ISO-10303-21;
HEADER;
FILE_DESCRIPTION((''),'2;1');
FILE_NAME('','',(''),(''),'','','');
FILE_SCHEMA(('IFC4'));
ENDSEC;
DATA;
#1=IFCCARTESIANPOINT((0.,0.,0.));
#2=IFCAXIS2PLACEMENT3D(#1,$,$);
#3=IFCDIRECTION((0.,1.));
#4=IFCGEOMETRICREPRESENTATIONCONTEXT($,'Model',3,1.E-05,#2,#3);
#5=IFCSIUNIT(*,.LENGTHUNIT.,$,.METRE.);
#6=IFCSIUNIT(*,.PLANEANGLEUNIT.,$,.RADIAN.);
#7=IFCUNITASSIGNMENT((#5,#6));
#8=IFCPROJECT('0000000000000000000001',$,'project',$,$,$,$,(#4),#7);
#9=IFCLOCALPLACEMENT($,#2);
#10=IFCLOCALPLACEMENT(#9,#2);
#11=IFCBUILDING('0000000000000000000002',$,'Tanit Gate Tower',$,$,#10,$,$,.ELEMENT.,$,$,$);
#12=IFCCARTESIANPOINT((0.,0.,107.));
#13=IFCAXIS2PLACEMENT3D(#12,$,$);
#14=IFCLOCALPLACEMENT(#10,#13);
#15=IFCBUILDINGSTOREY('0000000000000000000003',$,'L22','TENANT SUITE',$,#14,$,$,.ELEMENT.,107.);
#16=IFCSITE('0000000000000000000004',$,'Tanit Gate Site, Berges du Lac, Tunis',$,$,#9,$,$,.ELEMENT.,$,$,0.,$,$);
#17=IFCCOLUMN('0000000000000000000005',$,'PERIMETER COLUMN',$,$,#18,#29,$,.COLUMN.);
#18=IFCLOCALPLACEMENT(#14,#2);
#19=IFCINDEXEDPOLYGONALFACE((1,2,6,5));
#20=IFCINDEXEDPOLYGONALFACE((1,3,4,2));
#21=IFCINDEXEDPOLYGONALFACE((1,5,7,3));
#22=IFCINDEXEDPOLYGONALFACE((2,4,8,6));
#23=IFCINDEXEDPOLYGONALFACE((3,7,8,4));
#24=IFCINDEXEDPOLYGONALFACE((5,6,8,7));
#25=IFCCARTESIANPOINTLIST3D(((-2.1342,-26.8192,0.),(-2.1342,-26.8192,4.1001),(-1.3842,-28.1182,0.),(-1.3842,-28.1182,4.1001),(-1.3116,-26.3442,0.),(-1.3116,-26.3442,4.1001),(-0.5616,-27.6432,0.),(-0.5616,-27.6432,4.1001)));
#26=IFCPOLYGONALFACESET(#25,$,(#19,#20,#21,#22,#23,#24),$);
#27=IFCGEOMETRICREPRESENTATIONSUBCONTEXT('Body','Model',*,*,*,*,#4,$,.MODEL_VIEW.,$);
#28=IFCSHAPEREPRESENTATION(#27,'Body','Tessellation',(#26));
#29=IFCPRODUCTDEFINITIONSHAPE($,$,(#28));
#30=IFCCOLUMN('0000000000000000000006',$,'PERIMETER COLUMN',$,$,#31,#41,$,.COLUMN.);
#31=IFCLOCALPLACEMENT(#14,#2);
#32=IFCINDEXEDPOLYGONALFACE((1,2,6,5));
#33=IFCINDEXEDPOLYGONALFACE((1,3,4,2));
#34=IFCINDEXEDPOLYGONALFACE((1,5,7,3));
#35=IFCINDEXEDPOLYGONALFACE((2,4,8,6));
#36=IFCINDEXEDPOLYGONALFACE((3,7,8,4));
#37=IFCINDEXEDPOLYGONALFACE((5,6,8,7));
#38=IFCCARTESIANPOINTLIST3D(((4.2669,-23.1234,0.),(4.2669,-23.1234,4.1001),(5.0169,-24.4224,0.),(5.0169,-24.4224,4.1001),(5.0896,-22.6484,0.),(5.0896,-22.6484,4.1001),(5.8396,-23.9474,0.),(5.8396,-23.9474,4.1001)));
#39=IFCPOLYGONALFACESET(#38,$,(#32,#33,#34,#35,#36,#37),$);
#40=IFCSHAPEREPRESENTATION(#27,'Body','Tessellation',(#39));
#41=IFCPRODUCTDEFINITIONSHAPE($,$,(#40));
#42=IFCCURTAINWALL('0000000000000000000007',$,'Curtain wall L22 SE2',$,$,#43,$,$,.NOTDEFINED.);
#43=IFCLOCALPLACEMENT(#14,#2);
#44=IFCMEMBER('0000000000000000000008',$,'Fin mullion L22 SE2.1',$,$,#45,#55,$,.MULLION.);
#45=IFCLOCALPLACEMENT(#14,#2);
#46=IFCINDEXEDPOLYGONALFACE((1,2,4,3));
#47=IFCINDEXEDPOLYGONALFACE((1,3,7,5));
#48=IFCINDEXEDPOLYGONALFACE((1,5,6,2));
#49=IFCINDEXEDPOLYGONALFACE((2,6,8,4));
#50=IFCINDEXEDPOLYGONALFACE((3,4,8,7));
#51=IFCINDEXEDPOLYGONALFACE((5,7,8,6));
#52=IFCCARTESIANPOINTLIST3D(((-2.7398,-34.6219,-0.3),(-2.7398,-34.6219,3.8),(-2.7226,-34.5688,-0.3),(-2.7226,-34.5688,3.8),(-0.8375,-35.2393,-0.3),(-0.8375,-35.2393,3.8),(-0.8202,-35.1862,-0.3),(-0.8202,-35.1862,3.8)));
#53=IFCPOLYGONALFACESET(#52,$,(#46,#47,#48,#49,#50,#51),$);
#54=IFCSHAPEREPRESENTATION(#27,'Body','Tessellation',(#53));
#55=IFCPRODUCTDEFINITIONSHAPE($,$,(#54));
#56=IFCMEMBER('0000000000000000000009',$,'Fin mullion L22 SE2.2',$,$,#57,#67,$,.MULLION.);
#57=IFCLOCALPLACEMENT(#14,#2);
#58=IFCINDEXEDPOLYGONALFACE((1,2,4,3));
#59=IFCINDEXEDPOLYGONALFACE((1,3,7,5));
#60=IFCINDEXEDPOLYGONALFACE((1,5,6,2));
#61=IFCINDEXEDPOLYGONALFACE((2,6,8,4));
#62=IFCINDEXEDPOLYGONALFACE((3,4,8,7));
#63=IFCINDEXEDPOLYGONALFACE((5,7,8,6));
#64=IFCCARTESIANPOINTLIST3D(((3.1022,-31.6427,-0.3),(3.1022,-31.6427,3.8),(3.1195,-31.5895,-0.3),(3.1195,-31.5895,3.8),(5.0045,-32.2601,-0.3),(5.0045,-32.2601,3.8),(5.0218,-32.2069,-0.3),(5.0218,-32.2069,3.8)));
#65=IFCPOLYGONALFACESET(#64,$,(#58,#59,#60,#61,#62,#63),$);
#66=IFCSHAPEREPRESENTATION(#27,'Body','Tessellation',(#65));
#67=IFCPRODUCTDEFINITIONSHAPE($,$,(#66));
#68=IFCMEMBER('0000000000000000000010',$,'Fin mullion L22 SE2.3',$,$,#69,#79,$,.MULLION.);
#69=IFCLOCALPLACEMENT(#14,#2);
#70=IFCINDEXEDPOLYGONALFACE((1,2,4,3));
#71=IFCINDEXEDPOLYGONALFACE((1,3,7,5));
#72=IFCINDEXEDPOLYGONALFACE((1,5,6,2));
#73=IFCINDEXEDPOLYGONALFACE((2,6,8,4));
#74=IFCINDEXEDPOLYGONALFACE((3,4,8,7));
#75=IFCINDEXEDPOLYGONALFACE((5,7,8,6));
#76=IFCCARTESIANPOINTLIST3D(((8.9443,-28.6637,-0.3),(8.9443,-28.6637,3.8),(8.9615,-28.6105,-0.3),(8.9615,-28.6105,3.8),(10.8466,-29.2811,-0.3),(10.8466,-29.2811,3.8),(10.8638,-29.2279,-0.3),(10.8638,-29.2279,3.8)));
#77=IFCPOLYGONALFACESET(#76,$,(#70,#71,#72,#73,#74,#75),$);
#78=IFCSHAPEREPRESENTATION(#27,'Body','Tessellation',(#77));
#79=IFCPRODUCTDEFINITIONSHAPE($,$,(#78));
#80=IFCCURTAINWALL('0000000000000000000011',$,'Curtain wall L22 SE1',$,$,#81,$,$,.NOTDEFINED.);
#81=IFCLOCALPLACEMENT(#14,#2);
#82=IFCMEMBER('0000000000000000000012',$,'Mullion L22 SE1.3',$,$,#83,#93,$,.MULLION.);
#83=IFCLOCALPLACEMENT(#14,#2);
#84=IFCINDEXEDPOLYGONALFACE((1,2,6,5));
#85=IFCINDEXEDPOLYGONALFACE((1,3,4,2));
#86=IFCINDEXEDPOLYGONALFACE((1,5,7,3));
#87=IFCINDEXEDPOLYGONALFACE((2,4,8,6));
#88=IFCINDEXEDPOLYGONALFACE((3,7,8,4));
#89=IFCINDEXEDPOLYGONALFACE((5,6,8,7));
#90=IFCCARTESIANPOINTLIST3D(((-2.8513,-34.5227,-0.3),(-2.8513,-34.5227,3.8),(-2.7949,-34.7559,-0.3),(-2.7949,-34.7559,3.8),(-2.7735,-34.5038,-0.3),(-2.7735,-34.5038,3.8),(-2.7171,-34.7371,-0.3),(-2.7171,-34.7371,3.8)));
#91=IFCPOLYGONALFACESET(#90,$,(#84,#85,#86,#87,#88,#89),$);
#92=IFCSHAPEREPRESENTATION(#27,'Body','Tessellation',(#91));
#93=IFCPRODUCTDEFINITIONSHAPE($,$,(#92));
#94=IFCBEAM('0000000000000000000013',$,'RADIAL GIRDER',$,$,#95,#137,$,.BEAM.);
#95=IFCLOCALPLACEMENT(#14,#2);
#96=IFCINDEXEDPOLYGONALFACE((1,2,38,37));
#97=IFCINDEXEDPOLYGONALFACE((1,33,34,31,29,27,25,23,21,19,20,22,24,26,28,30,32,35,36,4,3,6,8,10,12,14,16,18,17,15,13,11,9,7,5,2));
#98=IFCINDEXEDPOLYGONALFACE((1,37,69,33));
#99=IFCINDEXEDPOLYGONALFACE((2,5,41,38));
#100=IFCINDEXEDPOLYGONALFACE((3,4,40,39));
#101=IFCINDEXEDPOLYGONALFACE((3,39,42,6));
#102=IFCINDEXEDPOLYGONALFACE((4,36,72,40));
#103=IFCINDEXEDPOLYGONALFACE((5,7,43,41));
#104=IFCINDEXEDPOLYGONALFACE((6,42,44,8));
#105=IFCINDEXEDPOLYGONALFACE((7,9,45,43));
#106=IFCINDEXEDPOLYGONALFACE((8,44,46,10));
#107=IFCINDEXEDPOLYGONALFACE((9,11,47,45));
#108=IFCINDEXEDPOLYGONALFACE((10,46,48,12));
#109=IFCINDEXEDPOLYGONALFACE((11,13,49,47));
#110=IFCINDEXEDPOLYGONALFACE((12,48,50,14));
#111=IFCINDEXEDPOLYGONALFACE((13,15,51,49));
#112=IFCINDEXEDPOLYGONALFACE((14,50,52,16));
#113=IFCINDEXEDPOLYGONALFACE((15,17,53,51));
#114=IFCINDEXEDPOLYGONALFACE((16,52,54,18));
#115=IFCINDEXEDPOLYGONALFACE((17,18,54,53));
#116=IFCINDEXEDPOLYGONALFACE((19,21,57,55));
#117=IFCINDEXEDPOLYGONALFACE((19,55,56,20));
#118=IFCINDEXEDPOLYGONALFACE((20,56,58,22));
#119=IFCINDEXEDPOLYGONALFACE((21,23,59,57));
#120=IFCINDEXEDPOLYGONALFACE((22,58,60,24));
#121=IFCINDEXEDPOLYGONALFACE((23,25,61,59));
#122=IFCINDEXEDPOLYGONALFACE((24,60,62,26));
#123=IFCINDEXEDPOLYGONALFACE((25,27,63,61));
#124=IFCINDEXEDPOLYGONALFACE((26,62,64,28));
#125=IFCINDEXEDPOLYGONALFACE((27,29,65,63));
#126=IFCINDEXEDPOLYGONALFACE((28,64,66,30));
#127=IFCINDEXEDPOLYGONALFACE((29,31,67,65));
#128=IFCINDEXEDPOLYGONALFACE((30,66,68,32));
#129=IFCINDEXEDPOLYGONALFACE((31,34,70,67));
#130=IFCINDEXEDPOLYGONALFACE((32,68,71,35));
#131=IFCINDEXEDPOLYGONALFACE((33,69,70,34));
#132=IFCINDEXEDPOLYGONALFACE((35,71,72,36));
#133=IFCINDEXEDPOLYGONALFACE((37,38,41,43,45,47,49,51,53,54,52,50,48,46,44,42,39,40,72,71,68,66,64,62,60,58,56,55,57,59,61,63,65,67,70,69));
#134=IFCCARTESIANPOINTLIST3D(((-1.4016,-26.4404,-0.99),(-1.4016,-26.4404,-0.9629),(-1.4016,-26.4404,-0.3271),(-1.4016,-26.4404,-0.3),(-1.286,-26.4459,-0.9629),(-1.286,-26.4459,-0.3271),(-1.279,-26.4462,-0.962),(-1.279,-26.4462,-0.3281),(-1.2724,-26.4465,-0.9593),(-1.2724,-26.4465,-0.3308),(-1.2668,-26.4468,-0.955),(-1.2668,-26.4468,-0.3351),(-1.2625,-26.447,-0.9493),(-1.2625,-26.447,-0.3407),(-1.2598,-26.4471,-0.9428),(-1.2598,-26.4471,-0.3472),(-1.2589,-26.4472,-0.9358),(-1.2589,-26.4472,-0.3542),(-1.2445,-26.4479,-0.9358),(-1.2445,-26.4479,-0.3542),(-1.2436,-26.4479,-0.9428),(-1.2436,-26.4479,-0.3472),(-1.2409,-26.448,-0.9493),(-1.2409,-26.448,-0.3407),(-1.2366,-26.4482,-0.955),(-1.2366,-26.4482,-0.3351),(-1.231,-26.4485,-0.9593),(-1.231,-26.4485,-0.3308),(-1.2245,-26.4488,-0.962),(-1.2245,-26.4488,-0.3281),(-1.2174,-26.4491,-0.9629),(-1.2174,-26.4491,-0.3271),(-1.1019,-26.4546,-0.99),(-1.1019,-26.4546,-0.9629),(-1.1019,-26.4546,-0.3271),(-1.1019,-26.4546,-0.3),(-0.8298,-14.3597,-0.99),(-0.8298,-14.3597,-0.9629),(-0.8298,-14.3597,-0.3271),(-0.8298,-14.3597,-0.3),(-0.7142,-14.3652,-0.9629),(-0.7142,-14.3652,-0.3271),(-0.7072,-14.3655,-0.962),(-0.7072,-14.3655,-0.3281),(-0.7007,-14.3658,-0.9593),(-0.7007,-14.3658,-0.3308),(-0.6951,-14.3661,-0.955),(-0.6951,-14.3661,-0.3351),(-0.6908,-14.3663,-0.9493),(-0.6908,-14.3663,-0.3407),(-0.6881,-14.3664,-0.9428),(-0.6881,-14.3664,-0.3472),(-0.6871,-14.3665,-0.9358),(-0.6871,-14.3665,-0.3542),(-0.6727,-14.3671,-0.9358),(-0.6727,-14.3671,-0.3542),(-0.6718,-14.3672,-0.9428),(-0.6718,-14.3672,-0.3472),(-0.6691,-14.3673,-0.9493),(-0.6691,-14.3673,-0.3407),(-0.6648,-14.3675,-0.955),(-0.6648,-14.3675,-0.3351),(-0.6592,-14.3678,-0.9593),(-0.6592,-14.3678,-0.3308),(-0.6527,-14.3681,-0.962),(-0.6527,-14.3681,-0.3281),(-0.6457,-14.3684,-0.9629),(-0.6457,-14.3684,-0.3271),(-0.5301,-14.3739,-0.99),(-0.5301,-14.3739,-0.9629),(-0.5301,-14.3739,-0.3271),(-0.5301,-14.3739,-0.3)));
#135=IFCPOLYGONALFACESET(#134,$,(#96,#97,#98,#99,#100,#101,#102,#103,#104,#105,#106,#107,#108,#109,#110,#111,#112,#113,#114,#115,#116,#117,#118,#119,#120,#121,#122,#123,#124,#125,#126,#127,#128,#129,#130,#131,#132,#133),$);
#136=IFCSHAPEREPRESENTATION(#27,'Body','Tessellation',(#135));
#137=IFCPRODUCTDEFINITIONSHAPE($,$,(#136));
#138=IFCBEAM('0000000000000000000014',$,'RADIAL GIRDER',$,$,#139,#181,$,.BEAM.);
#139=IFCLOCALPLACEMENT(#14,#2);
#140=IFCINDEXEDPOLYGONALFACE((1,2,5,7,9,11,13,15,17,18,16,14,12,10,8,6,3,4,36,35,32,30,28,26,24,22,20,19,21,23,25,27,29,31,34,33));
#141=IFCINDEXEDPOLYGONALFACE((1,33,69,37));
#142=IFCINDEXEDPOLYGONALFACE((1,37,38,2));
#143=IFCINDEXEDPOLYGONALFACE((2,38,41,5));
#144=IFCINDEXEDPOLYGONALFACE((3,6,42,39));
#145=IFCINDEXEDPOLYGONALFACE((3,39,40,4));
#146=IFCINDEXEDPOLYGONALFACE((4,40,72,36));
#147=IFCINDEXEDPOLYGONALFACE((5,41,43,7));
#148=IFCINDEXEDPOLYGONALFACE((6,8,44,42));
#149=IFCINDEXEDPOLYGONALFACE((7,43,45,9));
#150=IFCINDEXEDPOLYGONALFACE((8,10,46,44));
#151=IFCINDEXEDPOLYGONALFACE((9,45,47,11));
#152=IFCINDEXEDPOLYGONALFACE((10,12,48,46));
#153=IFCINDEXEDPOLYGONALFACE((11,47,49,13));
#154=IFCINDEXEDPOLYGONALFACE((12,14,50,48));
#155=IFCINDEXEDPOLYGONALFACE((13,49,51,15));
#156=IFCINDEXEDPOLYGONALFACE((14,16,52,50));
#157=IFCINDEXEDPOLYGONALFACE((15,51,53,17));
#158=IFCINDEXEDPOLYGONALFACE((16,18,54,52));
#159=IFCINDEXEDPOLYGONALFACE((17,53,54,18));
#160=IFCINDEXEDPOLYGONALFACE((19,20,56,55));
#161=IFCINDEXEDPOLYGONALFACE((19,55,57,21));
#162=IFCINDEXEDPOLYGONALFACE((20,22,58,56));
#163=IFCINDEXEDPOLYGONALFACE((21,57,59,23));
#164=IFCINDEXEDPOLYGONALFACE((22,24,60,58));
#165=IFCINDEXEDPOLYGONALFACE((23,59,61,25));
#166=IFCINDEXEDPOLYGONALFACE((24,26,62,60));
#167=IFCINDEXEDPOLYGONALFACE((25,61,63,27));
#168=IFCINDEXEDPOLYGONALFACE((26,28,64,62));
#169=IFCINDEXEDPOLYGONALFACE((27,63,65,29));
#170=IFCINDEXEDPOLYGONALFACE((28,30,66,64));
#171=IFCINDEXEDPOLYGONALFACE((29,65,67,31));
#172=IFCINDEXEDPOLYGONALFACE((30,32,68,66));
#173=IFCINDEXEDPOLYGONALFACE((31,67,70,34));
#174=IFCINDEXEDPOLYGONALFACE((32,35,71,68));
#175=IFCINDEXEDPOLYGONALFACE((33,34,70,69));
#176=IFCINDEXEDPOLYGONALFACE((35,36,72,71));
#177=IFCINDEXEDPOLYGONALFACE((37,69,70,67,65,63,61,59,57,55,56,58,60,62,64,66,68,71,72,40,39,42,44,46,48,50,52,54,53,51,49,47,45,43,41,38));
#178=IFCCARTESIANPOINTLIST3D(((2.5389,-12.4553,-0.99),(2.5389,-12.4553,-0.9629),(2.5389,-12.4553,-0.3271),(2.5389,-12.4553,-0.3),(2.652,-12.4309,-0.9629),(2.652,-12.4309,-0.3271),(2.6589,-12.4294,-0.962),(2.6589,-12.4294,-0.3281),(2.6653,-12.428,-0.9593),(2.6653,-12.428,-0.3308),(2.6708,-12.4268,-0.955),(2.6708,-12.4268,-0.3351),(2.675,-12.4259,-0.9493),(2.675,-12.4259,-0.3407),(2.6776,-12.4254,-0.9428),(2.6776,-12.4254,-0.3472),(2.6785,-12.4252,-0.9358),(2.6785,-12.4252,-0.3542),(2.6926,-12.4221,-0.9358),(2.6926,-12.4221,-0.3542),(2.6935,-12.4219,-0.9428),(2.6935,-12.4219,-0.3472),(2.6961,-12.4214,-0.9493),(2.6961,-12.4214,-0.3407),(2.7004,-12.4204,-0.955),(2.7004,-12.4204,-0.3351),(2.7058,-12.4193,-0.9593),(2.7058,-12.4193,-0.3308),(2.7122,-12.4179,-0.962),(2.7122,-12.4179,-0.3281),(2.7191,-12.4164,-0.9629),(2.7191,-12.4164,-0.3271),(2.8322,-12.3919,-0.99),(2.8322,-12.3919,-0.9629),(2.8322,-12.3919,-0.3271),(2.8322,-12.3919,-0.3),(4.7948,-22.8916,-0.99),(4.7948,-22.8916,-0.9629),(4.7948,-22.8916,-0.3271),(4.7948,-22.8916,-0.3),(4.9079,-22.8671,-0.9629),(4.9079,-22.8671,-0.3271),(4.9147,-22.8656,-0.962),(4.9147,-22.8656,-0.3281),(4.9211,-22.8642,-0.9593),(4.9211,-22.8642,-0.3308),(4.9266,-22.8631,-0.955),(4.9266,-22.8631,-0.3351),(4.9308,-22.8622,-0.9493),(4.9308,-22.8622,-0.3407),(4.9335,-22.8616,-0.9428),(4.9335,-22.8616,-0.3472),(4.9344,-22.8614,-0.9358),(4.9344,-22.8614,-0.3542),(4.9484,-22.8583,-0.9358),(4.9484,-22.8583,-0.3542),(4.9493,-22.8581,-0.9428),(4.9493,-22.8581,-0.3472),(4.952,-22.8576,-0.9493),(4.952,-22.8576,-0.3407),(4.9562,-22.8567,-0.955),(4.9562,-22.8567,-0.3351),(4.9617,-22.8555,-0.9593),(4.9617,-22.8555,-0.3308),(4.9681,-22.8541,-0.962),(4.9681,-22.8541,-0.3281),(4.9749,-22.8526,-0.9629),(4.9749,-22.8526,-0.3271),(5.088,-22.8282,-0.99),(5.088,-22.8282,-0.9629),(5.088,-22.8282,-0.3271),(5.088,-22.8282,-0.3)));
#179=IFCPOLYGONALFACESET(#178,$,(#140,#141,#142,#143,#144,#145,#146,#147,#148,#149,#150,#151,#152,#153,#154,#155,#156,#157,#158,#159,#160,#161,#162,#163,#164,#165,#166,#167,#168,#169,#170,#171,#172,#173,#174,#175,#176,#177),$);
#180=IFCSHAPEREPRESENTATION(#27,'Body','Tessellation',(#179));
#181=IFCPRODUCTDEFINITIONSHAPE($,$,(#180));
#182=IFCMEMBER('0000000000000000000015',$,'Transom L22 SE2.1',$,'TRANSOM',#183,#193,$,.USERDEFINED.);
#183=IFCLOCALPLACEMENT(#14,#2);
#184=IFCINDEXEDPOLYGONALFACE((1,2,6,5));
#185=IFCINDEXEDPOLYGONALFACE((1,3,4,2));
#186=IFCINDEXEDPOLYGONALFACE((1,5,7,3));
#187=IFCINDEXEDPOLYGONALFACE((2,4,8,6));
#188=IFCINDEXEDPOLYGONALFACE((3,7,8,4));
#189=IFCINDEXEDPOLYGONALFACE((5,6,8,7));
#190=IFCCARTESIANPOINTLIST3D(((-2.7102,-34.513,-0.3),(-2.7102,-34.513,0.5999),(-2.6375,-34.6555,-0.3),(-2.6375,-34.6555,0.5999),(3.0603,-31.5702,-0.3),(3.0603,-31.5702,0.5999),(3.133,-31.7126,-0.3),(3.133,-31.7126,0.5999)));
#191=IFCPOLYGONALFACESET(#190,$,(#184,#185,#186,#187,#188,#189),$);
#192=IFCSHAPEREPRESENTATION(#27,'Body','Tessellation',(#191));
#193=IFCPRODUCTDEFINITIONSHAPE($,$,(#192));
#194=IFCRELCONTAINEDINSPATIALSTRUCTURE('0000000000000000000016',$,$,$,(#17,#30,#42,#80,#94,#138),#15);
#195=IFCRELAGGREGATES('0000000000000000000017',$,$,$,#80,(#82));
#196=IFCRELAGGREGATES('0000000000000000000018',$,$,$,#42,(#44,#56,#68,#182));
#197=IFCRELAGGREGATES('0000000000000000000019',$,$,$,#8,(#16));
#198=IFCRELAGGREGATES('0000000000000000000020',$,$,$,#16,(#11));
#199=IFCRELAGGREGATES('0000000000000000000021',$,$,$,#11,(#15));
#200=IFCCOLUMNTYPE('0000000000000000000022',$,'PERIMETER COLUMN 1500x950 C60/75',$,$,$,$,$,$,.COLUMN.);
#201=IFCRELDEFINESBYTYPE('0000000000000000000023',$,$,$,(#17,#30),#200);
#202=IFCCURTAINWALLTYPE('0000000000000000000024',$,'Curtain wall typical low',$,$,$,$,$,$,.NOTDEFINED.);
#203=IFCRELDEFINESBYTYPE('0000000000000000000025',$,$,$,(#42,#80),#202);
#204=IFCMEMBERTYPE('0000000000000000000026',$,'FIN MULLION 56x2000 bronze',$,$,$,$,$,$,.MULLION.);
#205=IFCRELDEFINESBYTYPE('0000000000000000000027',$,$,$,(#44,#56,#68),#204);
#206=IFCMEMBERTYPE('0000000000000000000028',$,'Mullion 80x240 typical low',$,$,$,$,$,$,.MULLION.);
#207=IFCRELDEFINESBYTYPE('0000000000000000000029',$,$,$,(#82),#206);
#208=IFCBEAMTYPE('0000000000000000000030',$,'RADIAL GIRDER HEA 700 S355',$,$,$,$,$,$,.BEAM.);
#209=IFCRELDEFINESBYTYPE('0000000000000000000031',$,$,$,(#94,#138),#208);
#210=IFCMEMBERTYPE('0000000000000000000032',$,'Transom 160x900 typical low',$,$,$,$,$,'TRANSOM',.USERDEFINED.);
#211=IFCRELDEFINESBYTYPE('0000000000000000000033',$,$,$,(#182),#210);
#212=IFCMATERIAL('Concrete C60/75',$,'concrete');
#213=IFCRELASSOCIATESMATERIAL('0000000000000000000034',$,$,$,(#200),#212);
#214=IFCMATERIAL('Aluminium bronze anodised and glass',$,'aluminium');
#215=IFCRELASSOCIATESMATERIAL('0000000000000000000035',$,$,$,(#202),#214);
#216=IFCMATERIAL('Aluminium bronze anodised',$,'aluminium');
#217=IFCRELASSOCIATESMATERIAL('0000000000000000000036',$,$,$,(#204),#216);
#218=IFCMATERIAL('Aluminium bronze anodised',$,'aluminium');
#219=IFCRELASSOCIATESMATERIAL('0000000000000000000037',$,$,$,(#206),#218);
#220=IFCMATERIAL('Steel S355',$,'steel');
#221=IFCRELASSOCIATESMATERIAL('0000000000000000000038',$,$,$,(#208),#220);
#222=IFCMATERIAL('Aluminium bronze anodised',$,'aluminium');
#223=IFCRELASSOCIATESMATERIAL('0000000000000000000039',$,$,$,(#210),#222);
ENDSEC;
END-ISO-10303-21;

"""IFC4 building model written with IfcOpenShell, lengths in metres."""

from ifc_helpers import new_model, si_unit, direction, frame, origin, origin_2d, place, context, subcontext, project, spatial, rectangle, i_section, extrude, material, material_profile, profile_set, type_object, element, aggregate, save


model = new_model("IFC4")

# Units and contexts
model_context = context("Model", 3, precision=1e-05, world=origin(), true_north=direction((0.0, 1.0)))
body_context = subcontext(model_context, "Body", "Model", "MODEL_VIEW")
ifc_project = project(units=[si_unit("LENGTHUNIT", "METRE"), si_unit("PLANEANGLEUNIT", "RADIAN")], contexts=[model_context])

# Site, building, storey
site_placement = place(None, origin())
site = spatial("IfcSite", under=ifc_project, at=site_placement, Name="Tanit Gate Site, Berges du Lac, Tunis", CompositionType="ELEMENT", RefElevation=0.0)
building_placement = place(site_placement, origin())
building = spatial("IfcBuilding", under=site, at=building_placement, Name="Tanit Gate Tower", CompositionType="ELEMENT")
storey_placement = place(building_placement, frame((0.0, 0.0, 107.0)))
storey = spatial("IfcBuildingStorey", under=building, at=storey_placement, Name="L22", Description="TENANT SUITE", CompositionType="ELEMENT", Elevation=107.0)

# Columns
ifc_material_1 = material(Name="Concrete C60/75", Category="concrete")
ifc_material_profile_1 = material_profile(ifc_material_1, rectangle(XDim=1.5, YDim=0.95, at=origin_2d()), Name="RC 1500x950")
ifc_profile_set_1 = profile_set([ifc_material_profile_1], Name="Concrete C60/75")
column_type = type_object("IfcColumnType", Name="PERIMETER COLUMN 1500x950 C60/75", PredefinedType="COLUMN", material=ifc_profile_set_1)
for number, where, z_axis, x_axis, name in (
    (1, (-1.3479, -27.2312, 0.0), (0.0, 0.0, 1.0), (0.5, -0.866025, 0.0), "PERIMETER COLUMN"),
    (2, (5.0532, -23.5354, 0.0), (0.0, 0.0, 1.0), (0.5, -0.866025, 0.0), "PERIMETER COLUMN"),
):
    element("IfcColumn", number, at=place(storey_placement, frame(where, z_axis=z_axis, x_axis=x_axis)), inside=storey, type_object=column_type, Name=name, PredefinedType="COLUMN", context=body_context, shape_type="SweptSolid", body=[
        extrude(rectangle(XDim=1.5, YDim=0.95, at=origin_2d()), origin(), (0.0, 0.0, 1.0), 4.1001),
    ])

# Curtain wall, members
ifc_material_2 = material(Name="Aluminium bronze anodised and glass", Category="aluminium")
curtain_wall_type = type_object("IfcCurtainWallType", Name="Curtain wall typical low", PredefinedType="NOTDEFINED", material=ifc_material_2)
curtain_wall_1_placement = place(storey_placement, origin())
curtain_wall_1 = element("IfcCurtainWall", 3, at=curtain_wall_1_placement, inside=storey, type_object=curtain_wall_type, Name="Curtain wall L22 SE2", PredefinedType="NOTDEFINED")
ifc_material_3 = material(Name="Aluminium bronze anodised", Category="aluminium")
ifc_material_profile_2 = material_profile(ifc_material_3, rectangle(XDim=2.0, YDim=0.0559, at=origin_2d()), Name="56x2000 bronze fin mullion")
ifc_profile_set_2 = profile_set([ifc_material_profile_2], Name="Aluminium bronze anodised")
member_type_1 = type_object("IfcMemberType", Name="FIN MULLION 56x2000 bronze", PredefinedType="MULLION", material=ifc_profile_set_2)
member_1_placement = place(storey_placement, frame((-1.78, -34.9041, -0.3), z_axis=(0.0, 0.0, 1.0), x_axis=(-0.95116, 0.3087, 0.0)))
member_1 = element("IfcMember", 4, at=member_1_placement, type_object=member_type_1, Name="Fin mullion L22 SE2.1", PredefinedType="MULLION", context=body_context, shape_type="SweptSolid", body=[
    extrude(rectangle(XDim=2.0, YDim=0.0559, at=origin_2d()), origin(), (0.0, 0.0, 1.0), 4.1001),
])
member_2_placement = place(storey_placement, frame((4.062, -31.9248, -0.3), z_axis=(0.0, 0.0, 1.0), x_axis=(-0.95116, 0.3087, 0.0)))
member_2 = element("IfcMember", 5, at=member_2_placement, type_object=member_type_1, Name="Fin mullion L22 SE2.2", PredefinedType="MULLION", context=body_context, shape_type="SweptSolid", body=[
    extrude(rectangle(XDim=2.0, YDim=0.0559, at=origin_2d()), origin(), (0.0, 0.0, 1.0), 4.1001),
])
member_3_placement = place(storey_placement, frame((9.9041, -28.9458, -0.3), z_axis=(0.0, 0.0, 1.0), x_axis=(-0.95116, 0.3087, 0.0)))
member_3 = element("IfcMember", 6, at=member_3_placement, type_object=member_type_1, Name="Fin mullion L22 SE2.3", PredefinedType="MULLION", context=body_context, shape_type="SweptSolid", body=[
    extrude(rectangle(XDim=2.0, YDim=0.0559, at=origin_2d()), origin(), (0.0, 0.0, 1.0), 4.1001),
])

# Curtain wall, member
curtain_wall_2_placement = place(storey_placement, origin())
curtain_wall_2 = element("IfcCurtainWall", 7, at=curtain_wall_2_placement, inside=storey, type_object=curtain_wall_type, Name="Curtain wall L22 SE1", PredefinedType="NOTDEFINED")
ifc_material_4 = material(Name="Aluminium bronze anodised", Category="aluminium")
ifc_material_profile_3 = material_profile(ifc_material_4, rectangle(XDim=0.24, YDim=0.0801, at=origin_2d()), Name="80x240 bronze mullion")
ifc_profile_set_3 = profile_set([ifc_material_profile_3], Name="Aluminium bronze anodised")
member_type_2 = type_object("IfcMemberType", Name="Mullion 80x240 typical low", PredefinedType="MULLION", material=ifc_profile_set_3)
member_4_placement = place(storey_placement, frame((-2.7842, -34.6299, -0.3), z_axis=(0.0, 0.0, 1.0), x_axis=(-0.234957, 0.972006, 0.0)))
member_4 = element("IfcMember", 8, at=member_4_placement, type_object=member_type_2, Name="Mullion L22 SE1.3", PredefinedType="MULLION", context=body_context, shape_type="SweptSolid", body=[
    extrude(rectangle(XDim=0.24, YDim=0.0801, at=origin_2d()), origin(), (0.0, 0.0, 1.0), 4.1001),
])
aggregate(curtain_wall_2, [member_4])

# Beams
ifc_material_5 = material(Name="Steel S355", Category="steel")
ifc_material_profile_4 = material_profile(ifc_material_5, i_section(OverallWidth=0.3, OverallDepth=0.6899, WebThickness=0.0144, FlangeThickness=0.0271, FilletRadius=0.0271, at=origin_2d()), Name="HEA 700")
ifc_profile_set_4 = profile_set([ifc_material_profile_4], Name="Steel S355")
beam_type = type_object("IfcBeamType", Name="RADIAL GIRDER HEA 700 S355", PredefinedType="BEAM", material=ifc_profile_set_4)
beam_1_placement = place(storey_placement, frame((-1.2517, -26.4475, -0.645), z_axis=(0.047276, 0.998882, 0.0), x_axis=(-0.998882, 0.047276, 0.0)))
element("IfcBeam", 9, at=beam_1_placement, inside=storey, type_object=beam_type, Name="RADIAL GIRDER", PredefinedType="BEAM", context=body_context, shape_type="SweptSolid", body=[
    extrude(i_section(OverallWidth=0.3, OverallDepth=0.6899, WebThickness=0.0144, FlangeThickness=0.0271, FilletRadius=0.0271, at=origin_2d()), origin(), (0.0, 0.0, 1.0), 12.0942),
])
beam_2_placement = place(storey_placement, frame((4.9414, -22.8599, -0.645), z_axis=(-0.211276, 0.977426, 0.0), x_axis=(-0.977426, -0.211276, 0.0)))
element("IfcBeam", 10, at=beam_2_placement, inside=storey, type_object=beam_type, Name="RADIAL GIRDER", PredefinedType="BEAM", context=body_context, shape_type="SweptSolid", body=[
    extrude(i_section(OverallWidth=0.3, OverallDepth=0.6899, WebThickness=0.0144, FlangeThickness=0.0271, FilletRadius=0.0271, at=origin_2d()), origin(), (0.0, 0.0, 1.0), 10.6772),
])

# Member
ifc_material_6 = material(Name="Aluminium bronze anodised", Category="aluminium")
ifc_material_profile_5 = material_profile(ifc_material_6, rectangle(XDim=0.1599, YDim=0.8999, at=origin_2d()), Name="160x900 bronze transom")
ifc_profile_set_5 = profile_set([ifc_material_profile_5], Name="Aluminium bronze anodised")
member_type_3 = type_object("IfcMemberType", Name="Transom 160x900 typical low", ElementType="TRANSOM", PredefinedType="USERDEFINED", material=ifc_profile_set_5)
member_5_placement = place(storey_placement, frame((-2.6738, -34.5842, 0.1499), z_axis=(0.890841, 0.454315, 0.0), x_axis=(-0.454315, 0.890841, 0.0)))
member_5 = element("IfcMember", 11, at=member_5_placement, type_object=member_type_3, Name="Transom L22 SE2.1", ObjectType="TRANSOM", PredefinedType="USERDEFINED", context=body_context, shape_type="SweptSolid", body=[
    extrude(rectangle(XDim=0.1599, YDim=0.8999, at=origin_2d()), origin(), (0.0, 0.0, 1.0), 6.4775),
])

aggregate(curtain_wall_1, [member_1, member_2, member_3, member_5])

save(model, "model.ifc")
